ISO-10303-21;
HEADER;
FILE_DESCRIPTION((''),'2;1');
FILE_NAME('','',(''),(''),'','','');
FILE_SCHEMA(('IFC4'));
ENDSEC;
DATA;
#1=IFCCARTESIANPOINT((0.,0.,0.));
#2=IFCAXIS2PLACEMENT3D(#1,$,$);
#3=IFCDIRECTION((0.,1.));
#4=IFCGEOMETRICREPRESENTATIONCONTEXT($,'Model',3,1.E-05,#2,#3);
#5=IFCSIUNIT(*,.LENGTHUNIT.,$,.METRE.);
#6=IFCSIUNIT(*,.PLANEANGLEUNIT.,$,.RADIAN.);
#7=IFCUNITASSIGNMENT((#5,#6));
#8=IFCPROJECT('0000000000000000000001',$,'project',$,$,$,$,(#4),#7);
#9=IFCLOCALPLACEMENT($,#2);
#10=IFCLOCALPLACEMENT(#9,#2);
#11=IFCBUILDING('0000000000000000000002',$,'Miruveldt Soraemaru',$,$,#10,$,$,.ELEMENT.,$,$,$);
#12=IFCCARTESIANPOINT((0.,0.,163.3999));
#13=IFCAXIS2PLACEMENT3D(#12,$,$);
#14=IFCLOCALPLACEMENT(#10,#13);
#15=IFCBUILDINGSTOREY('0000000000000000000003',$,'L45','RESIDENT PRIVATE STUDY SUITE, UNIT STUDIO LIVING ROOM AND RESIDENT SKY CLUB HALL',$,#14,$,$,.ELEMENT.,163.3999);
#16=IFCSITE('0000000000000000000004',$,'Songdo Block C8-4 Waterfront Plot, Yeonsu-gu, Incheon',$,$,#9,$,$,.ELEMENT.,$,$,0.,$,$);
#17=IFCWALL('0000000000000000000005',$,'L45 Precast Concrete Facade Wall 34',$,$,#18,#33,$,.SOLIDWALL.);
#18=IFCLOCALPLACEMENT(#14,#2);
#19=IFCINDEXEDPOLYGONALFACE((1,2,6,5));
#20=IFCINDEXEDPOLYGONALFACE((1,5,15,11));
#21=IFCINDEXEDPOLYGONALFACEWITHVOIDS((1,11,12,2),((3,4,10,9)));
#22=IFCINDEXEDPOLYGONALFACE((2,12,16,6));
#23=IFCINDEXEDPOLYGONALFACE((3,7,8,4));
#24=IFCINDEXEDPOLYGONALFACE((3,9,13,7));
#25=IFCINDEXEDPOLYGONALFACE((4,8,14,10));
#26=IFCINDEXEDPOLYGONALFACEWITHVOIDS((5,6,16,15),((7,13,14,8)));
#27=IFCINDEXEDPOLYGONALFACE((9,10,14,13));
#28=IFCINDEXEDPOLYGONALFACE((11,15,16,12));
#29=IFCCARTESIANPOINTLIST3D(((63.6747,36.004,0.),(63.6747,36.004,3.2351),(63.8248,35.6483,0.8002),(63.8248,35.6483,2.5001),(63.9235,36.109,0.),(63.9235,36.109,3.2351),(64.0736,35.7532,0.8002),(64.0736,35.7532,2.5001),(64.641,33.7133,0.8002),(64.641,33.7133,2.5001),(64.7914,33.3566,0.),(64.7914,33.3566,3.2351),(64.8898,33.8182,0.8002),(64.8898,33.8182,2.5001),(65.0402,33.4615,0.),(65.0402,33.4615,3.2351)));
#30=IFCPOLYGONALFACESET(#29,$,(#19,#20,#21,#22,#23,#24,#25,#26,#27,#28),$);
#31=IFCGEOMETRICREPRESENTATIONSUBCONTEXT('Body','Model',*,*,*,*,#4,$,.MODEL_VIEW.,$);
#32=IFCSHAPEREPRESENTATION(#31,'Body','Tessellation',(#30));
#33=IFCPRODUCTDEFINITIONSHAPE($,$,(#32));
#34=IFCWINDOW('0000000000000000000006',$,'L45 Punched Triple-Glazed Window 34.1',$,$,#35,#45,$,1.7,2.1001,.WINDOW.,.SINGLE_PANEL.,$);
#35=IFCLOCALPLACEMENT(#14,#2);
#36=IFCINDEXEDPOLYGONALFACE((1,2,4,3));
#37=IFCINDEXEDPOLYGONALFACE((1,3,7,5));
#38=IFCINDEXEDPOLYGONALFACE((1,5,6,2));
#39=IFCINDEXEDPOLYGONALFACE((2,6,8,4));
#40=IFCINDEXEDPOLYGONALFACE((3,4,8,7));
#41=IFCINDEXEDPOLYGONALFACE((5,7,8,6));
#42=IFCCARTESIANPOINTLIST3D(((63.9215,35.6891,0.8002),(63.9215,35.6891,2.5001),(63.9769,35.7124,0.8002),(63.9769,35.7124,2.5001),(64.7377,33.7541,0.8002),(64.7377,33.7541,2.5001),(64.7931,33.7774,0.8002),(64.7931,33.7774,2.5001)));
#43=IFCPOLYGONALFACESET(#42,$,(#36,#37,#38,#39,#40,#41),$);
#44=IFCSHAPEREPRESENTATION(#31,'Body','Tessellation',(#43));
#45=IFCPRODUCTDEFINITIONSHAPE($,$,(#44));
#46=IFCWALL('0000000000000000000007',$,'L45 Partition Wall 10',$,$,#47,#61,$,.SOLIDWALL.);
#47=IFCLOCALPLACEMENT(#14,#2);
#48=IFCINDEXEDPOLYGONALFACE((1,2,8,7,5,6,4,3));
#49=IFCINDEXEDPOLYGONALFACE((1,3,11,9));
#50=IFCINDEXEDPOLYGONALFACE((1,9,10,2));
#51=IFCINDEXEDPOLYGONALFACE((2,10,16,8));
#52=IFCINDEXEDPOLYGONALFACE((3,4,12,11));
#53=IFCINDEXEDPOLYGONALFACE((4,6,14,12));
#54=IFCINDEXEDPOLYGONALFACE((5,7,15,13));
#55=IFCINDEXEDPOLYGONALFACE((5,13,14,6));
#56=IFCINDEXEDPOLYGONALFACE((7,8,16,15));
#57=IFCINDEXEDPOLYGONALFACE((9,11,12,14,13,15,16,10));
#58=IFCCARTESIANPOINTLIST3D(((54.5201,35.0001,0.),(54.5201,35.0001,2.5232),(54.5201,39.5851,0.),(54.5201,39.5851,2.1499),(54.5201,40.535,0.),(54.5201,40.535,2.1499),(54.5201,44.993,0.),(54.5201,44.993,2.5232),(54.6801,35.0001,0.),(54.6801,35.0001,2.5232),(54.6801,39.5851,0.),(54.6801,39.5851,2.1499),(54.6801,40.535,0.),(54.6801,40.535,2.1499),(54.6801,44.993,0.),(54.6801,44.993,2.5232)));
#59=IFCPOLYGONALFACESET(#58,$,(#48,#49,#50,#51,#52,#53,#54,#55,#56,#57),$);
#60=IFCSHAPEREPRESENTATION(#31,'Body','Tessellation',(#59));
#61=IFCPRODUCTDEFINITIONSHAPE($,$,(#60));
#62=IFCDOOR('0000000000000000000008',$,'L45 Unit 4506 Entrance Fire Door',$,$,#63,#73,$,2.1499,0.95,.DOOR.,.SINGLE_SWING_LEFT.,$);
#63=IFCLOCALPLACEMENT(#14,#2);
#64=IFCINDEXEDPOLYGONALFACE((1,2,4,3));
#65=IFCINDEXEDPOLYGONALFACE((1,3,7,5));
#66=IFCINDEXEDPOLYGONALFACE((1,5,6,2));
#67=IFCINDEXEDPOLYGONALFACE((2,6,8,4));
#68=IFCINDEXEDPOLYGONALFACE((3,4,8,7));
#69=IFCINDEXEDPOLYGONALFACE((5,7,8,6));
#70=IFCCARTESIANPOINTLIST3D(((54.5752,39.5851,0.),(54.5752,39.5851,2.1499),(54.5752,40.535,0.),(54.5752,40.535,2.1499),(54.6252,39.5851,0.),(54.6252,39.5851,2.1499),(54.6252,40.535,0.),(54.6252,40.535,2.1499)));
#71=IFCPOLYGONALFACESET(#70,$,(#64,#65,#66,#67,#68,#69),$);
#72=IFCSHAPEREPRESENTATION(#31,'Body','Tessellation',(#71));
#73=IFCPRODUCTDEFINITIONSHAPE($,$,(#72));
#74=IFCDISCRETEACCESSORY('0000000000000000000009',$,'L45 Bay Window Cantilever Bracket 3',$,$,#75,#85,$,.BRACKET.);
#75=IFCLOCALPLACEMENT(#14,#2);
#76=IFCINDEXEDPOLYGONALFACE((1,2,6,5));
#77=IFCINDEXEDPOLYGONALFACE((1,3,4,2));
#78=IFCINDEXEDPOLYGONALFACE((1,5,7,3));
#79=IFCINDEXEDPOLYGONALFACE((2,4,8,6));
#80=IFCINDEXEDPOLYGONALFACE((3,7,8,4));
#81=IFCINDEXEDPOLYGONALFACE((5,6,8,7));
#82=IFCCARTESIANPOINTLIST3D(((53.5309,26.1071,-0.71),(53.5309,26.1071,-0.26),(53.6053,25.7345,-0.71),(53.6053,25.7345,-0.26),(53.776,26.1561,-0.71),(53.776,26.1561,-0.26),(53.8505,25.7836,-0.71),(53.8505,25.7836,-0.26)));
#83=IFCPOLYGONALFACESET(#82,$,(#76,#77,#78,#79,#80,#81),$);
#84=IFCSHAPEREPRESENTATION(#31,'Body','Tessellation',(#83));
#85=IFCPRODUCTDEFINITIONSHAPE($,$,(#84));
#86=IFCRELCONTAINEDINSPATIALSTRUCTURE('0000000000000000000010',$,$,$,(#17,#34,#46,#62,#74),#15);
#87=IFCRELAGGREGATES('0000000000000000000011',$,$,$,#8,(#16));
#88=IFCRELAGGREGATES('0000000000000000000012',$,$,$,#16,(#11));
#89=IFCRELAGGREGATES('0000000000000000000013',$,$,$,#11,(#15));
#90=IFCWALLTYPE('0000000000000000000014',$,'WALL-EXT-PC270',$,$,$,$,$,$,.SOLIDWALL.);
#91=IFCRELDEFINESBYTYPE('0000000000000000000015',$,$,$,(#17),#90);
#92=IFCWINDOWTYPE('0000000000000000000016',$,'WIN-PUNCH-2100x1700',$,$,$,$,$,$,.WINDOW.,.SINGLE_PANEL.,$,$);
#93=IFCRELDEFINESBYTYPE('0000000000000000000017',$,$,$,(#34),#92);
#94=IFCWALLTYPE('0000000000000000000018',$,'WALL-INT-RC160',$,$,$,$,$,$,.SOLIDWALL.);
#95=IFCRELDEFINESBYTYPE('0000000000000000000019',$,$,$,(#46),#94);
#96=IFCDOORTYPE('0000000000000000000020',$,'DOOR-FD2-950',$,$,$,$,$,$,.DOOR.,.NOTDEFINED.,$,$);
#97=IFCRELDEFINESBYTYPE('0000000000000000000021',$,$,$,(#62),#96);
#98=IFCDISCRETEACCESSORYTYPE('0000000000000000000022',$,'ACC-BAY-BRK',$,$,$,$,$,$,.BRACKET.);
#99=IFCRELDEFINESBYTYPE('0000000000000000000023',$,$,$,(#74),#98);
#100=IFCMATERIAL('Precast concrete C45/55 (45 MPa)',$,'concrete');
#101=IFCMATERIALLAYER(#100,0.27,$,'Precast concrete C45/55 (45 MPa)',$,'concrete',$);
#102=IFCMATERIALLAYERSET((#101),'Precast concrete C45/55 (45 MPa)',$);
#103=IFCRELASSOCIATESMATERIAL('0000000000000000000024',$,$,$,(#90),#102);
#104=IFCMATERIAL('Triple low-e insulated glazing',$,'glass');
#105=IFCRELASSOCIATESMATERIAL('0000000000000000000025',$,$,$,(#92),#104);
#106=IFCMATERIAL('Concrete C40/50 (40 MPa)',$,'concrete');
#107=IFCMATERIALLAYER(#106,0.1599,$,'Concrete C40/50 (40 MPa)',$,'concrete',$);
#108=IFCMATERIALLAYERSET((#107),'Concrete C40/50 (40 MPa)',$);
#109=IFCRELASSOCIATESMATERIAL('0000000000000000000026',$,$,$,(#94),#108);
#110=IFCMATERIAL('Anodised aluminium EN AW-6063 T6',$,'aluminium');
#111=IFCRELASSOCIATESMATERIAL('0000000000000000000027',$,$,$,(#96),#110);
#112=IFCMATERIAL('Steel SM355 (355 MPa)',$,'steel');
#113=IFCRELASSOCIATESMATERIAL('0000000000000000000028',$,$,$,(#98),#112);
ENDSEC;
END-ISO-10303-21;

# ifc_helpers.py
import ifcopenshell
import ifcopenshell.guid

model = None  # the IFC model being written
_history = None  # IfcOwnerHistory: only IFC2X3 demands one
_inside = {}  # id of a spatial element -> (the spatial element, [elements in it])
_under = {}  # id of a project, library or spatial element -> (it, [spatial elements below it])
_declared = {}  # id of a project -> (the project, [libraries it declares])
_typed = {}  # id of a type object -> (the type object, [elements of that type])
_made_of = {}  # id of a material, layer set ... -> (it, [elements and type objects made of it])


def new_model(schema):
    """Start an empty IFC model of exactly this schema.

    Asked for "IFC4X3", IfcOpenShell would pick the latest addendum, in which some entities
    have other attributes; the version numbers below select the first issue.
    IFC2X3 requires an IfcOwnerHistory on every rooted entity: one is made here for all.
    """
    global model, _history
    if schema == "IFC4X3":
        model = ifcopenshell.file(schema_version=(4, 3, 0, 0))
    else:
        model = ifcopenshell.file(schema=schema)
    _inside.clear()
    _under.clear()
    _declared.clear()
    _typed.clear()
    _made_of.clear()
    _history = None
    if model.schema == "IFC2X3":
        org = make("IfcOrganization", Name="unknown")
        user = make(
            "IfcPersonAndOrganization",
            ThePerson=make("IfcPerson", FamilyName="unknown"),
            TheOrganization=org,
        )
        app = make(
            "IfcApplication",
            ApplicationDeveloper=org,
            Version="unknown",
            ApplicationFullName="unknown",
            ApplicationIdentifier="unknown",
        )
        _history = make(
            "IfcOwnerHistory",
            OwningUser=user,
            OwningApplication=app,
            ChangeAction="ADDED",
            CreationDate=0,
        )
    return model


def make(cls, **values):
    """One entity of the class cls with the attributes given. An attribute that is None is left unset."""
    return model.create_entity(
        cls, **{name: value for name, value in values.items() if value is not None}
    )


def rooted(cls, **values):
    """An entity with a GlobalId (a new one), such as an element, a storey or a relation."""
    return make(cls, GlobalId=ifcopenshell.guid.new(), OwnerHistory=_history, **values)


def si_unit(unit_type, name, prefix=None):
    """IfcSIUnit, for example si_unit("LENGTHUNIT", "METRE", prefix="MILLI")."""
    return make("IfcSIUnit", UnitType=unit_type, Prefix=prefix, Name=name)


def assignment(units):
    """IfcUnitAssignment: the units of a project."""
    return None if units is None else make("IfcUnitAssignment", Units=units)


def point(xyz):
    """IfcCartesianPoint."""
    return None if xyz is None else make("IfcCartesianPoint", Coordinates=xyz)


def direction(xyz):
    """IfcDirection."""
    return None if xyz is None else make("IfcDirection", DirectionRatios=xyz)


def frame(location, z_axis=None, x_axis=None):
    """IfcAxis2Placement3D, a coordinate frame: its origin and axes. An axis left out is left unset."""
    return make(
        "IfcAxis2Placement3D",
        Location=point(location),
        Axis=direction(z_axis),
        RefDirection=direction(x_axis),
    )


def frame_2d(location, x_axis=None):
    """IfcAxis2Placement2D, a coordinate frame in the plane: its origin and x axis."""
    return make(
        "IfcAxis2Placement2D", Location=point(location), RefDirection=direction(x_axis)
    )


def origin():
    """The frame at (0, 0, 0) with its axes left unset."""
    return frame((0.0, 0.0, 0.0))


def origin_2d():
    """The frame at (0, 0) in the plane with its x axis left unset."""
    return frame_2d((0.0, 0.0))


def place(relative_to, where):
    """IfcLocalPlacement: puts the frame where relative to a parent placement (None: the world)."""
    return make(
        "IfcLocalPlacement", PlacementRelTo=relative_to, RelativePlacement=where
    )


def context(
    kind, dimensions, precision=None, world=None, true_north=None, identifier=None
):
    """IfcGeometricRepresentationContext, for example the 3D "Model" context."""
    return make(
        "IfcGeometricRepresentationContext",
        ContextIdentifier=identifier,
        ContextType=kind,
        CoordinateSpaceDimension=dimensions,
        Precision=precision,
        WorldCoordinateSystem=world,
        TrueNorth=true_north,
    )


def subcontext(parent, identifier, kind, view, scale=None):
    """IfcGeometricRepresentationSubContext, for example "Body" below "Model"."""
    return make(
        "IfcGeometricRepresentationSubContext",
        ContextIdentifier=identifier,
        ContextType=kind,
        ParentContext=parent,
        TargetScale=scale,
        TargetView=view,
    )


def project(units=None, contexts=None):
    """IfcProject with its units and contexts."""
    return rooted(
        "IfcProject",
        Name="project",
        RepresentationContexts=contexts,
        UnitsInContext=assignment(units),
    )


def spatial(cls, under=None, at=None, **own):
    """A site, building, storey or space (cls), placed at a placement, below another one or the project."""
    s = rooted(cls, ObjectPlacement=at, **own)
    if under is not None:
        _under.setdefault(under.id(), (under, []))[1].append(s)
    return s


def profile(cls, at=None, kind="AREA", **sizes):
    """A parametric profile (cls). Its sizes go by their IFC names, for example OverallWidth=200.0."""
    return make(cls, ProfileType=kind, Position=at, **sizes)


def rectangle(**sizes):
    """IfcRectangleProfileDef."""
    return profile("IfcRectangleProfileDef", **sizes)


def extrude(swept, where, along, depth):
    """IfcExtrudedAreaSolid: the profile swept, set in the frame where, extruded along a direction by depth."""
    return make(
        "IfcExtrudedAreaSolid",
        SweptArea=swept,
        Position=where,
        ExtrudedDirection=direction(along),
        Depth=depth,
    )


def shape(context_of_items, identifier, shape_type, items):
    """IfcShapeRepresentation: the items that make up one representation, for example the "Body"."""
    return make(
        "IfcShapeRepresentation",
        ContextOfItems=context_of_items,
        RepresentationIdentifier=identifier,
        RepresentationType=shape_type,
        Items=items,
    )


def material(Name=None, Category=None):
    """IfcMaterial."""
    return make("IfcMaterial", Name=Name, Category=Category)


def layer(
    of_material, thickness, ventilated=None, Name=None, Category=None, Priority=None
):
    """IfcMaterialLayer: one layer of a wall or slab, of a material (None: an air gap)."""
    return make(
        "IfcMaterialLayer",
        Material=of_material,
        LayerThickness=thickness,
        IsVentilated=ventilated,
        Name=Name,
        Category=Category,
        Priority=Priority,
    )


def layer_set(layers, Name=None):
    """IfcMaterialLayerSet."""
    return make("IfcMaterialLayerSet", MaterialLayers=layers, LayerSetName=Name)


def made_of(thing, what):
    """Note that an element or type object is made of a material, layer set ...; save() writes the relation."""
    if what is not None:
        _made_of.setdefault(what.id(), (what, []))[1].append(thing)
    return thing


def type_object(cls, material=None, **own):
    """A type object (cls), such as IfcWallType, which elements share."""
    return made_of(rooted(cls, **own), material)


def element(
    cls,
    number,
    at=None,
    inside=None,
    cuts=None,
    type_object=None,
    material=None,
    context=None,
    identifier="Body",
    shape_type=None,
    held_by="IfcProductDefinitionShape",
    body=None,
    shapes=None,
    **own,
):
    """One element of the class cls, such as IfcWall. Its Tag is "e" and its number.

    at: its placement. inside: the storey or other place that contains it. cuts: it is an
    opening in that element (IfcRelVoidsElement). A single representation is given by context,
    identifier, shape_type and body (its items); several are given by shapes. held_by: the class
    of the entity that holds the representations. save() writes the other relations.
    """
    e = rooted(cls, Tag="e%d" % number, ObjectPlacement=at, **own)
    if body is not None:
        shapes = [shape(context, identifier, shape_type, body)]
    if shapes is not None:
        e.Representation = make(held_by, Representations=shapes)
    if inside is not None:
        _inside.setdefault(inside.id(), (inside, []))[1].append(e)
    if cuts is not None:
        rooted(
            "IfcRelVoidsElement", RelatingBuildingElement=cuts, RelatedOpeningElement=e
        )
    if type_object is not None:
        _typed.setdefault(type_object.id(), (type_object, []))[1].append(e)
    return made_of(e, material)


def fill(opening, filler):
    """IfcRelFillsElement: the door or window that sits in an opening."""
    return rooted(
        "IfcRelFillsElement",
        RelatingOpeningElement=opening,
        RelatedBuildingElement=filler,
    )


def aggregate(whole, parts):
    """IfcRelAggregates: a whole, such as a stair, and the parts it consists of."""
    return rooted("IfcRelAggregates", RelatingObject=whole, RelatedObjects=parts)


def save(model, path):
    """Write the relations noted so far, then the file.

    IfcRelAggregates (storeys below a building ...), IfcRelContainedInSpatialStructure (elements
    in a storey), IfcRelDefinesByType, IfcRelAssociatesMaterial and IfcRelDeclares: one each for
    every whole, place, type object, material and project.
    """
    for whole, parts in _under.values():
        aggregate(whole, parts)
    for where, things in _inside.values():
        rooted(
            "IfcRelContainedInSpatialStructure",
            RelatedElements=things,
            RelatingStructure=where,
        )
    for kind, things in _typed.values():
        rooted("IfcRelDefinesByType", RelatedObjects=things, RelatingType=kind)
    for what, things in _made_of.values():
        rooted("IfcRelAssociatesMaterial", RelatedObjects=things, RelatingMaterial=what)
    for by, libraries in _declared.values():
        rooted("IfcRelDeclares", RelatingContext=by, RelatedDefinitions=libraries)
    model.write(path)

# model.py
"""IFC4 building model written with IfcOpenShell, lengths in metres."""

from ifc_helpers import new_model, si_unit, direction, frame, frame_2d, origin, origin_2d, place, context, subcontext, project, spatial, rectangle, extrude, material, layer, layer_set, type_object, element, fill, save


model = new_model("IFC4")

# Units and contexts
model_context = context("Model", 3, precision=1e-05, world=origin(), true_north=direction((0.0, 1.0)))
body_context = subcontext(model_context, "Body", "Model", "MODEL_VIEW")
ifc_project = project(units=[si_unit("LENGTHUNIT", "METRE"), si_unit("PLANEANGLEUNIT", "RADIAN")], contexts=[model_context])

# Site, building, storey
site_placement = place(None, origin())
site = spatial("IfcSite", under=ifc_project, at=site_placement, Name="Songdo Block C8-4 Waterfront Plot, Yeonsu-gu, Incheon", CompositionType="ELEMENT", RefElevation=0.0)
building_placement = place(site_placement, origin())
building = spatial("IfcBuilding", under=site, at=building_placement, Name="Miruveldt Soraemaru", CompositionType="ELEMENT")
storey_placement = place(building_placement, frame((0.0, 0.0, 163.3999)))
storey = spatial("IfcBuildingStorey", under=building, at=storey_placement, Name="L45", Description="RESIDENT PRIVATE STUDY SUITE, UNIT STUDIO LIVING ROOM AND RESIDENT SKY CLUB HALL", CompositionType="ELEMENT", Elevation=163.3999)

# Shared definitions
ifc_material_1 = material(Name="Steel SM355 (355 MPa)", Category="steel")

# Shared definitions
ifc_material_2 = material(Name="Precast concrete C45/55 (45 MPa)", Category="concrete")
ifc_layer_1 = layer(ifc_material_2, 0.27, Name="Precast concrete C45/55 (45 MPa)", Category="concrete")
ifc_layer_set_1 = layer_set([ifc_layer_1], Name="Precast concrete C45/55 (45 MPa)")
wall_type_1 = type_object("IfcWallType", Name="WALL-EXT-PC270", PredefinedType="SOLIDWALL", material=ifc_layer_set_1)

# Wall, opening, window
ifc_material_3 = material(Name="Triple low-e insulated glazing", Category="glass")
window_type_1 = type_object("IfcWindowType", Name="WIN-PUNCH-2100x1700", PartitioningType="SINGLE_PANEL", PredefinedType="WINDOW", material=ifc_material_3)
wall_1_placement = place(storey_placement, frame((64.9158, 33.4092, 0.0), z_axis=(0.0, 0.0, 1.0), x_axis=(-0.388642, 0.921389, 0.0)))
wall_1 = element("IfcWall", 1, at=wall_1_placement, inside=storey, type_object=wall_type_1, Name="L45 Precast Concrete Facade Wall 34", PredefinedType="SOLIDWALL", context=body_context, shape_type="SweptSolid", body=[
    extrude(rectangle(XDim=2.8733, YDim=0.27, at=frame_2d((1.4365, 0.0))), origin(), (0.0, 0.0, 1.0), 3.2351),
])
opening_1_placement = place(wall_1_placement, frame((0.387, 0.0, 0.8)))
opening_1 = element("IfcOpeningElement", 2, at=opening_1_placement, cuts=wall_1, PredefinedType="OPENING", context=body_context, shape_type="SweptSolid", body=[
    extrude(rectangle(XDim=2.1001, YDim=1.7, at=frame_2d((1.05, 0.8501))), frame((0.0, 0.145, 0.0), z_axis=(0.0, -1.0, 0.0), x_axis=(1.0, 0.0, 0.0)), (0.0, 0.0, 1.0), 0.29),
])
window_1_placement = place(opening_1_placement, origin())
window_1 = element("IfcWindow", 3, at=window_1_placement, inside=storey, type_object=window_type_1, Name="L45 Punched Triple-Glazed Window 34.1", OverallHeight=1.7, OverallWidth=2.1001, PartitioningType="SINGLE_PANEL", PredefinedType="WINDOW", context=body_context, shape_type="SweptSolid", body=[
    extrude(rectangle(XDim=2.1001, YDim=1.7, at=frame_2d((1.05, 0.8501))), frame((0.0, 0.03, 0.0), z_axis=(0.0, -1.0, 0.0), x_axis=(1.0, 0.0, 0.0)), (0.0, 0.0, 1.0), 0.0601),
])
fill(opening_1, window_1)

# Wall, opening, door
ifc_material_4 = material(Name="Concrete C40/50 (40 MPa)", Category="concrete")
ifc_layer_2 = layer(ifc_material_4, 0.1599, Name="Concrete C40/50 (40 MPa)", Category="concrete")
ifc_layer_set_2 = layer_set([ifc_layer_2], Name="Concrete C40/50 (40 MPa)")
wall_type_2 = type_object("IfcWallType", Name="WALL-INT-RC160", PredefinedType="SOLIDWALL", material=ifc_layer_set_2)
wall_2_placement = place(storey_placement, frame((54.6001, 35.0, 0.0), z_axis=(0.0, 0.0, 1.0), x_axis=(0.0, 1.0, 0.0)))
wall_2 = element("IfcWall", 4, at=wall_2_placement, inside=storey, type_object=wall_type_2, Name="L45 Partition Wall 10", PredefinedType="SOLIDWALL", context=body_context, shape_type="SweptSolid", body=[
    extrude(rectangle(XDim=9.9929, YDim=0.1599, at=frame_2d((4.9966, 0.0))), origin(), (0.0, 0.0, 1.0), 2.5232),
])
opening_2_placement = place(wall_2_placement, frame((4.585, 0.0, 0.0)))
opening_2 = element("IfcOpeningElement", 5, at=opening_2_placement, cuts=wall_2, PredefinedType="OPENING", context=body_context, shape_type="SweptSolid", body=[
    extrude(rectangle(XDim=0.95, YDim=2.1499, at=frame_2d((0.4751, 1.075))), frame((0.0, 0.0898, 0.0), z_axis=(0.0, -1.0, 0.0), x_axis=(1.0, 0.0, 0.0)), (0.0, 0.0, 1.0), 0.1799),
])
ifc_material_5 = material(Name="Anodised aluminium EN AW-6063 T6", Category="aluminium")
door_type = type_object("IfcDoorType", Name="DOOR-FD2-950", OperationType="NOTDEFINED", PredefinedType="DOOR", material=ifc_material_5)
door_placement = place(opening_2_placement, origin())
door = element("IfcDoor", 6, at=door_placement, inside=storey, type_object=door_type, Name="L45 Unit 4506 Entrance Fire Door", OperationType="SINGLE_SWING_LEFT", OverallHeight=2.1499, OverallWidth=0.95, PredefinedType="DOOR", context=body_context, shape_type="SweptSolid", body=[
    extrude(rectangle(XDim=0.95, YDim=2.1499, at=frame_2d((0.4751, 1.075))), frame((0.0, 0.0249, 0.0), z_axis=(0.0, -1.0, 0.0), x_axis=(1.0, 0.0, 0.0)), (0.0, 0.0, 1.0), 0.05),
])
fill(opening_2, door)

# Discrete accessory
discrete_accessory_type = type_object("IfcDiscreteAccessoryType", Name="ACC-BAY-BRK", PredefinedType="BRACKET", material=ifc_material_1)
discrete_accessory_placement = place(storey_placement, frame((53.6907, 25.9453, -0.71), z_axis=(0.0, 0.0, 1.0), x_axis=(0.1961, -0.980584, 0.0)))
element("IfcDiscreteAccessory", 7, at=discrete_accessory_placement, inside=storey, type_object=discrete_accessory_type, Name="L45 Bay Window Cantilever Bracket 3", PredefinedType="BRACKET", context=body_context, shape_type="SweptSolid", body=[
    extrude(rectangle(XDim=0.3799, YDim=0.25, at=origin_2d()), origin(), (0.0, 0.0, 1.0), 0.45),
])

save(model, "model.ifc")
